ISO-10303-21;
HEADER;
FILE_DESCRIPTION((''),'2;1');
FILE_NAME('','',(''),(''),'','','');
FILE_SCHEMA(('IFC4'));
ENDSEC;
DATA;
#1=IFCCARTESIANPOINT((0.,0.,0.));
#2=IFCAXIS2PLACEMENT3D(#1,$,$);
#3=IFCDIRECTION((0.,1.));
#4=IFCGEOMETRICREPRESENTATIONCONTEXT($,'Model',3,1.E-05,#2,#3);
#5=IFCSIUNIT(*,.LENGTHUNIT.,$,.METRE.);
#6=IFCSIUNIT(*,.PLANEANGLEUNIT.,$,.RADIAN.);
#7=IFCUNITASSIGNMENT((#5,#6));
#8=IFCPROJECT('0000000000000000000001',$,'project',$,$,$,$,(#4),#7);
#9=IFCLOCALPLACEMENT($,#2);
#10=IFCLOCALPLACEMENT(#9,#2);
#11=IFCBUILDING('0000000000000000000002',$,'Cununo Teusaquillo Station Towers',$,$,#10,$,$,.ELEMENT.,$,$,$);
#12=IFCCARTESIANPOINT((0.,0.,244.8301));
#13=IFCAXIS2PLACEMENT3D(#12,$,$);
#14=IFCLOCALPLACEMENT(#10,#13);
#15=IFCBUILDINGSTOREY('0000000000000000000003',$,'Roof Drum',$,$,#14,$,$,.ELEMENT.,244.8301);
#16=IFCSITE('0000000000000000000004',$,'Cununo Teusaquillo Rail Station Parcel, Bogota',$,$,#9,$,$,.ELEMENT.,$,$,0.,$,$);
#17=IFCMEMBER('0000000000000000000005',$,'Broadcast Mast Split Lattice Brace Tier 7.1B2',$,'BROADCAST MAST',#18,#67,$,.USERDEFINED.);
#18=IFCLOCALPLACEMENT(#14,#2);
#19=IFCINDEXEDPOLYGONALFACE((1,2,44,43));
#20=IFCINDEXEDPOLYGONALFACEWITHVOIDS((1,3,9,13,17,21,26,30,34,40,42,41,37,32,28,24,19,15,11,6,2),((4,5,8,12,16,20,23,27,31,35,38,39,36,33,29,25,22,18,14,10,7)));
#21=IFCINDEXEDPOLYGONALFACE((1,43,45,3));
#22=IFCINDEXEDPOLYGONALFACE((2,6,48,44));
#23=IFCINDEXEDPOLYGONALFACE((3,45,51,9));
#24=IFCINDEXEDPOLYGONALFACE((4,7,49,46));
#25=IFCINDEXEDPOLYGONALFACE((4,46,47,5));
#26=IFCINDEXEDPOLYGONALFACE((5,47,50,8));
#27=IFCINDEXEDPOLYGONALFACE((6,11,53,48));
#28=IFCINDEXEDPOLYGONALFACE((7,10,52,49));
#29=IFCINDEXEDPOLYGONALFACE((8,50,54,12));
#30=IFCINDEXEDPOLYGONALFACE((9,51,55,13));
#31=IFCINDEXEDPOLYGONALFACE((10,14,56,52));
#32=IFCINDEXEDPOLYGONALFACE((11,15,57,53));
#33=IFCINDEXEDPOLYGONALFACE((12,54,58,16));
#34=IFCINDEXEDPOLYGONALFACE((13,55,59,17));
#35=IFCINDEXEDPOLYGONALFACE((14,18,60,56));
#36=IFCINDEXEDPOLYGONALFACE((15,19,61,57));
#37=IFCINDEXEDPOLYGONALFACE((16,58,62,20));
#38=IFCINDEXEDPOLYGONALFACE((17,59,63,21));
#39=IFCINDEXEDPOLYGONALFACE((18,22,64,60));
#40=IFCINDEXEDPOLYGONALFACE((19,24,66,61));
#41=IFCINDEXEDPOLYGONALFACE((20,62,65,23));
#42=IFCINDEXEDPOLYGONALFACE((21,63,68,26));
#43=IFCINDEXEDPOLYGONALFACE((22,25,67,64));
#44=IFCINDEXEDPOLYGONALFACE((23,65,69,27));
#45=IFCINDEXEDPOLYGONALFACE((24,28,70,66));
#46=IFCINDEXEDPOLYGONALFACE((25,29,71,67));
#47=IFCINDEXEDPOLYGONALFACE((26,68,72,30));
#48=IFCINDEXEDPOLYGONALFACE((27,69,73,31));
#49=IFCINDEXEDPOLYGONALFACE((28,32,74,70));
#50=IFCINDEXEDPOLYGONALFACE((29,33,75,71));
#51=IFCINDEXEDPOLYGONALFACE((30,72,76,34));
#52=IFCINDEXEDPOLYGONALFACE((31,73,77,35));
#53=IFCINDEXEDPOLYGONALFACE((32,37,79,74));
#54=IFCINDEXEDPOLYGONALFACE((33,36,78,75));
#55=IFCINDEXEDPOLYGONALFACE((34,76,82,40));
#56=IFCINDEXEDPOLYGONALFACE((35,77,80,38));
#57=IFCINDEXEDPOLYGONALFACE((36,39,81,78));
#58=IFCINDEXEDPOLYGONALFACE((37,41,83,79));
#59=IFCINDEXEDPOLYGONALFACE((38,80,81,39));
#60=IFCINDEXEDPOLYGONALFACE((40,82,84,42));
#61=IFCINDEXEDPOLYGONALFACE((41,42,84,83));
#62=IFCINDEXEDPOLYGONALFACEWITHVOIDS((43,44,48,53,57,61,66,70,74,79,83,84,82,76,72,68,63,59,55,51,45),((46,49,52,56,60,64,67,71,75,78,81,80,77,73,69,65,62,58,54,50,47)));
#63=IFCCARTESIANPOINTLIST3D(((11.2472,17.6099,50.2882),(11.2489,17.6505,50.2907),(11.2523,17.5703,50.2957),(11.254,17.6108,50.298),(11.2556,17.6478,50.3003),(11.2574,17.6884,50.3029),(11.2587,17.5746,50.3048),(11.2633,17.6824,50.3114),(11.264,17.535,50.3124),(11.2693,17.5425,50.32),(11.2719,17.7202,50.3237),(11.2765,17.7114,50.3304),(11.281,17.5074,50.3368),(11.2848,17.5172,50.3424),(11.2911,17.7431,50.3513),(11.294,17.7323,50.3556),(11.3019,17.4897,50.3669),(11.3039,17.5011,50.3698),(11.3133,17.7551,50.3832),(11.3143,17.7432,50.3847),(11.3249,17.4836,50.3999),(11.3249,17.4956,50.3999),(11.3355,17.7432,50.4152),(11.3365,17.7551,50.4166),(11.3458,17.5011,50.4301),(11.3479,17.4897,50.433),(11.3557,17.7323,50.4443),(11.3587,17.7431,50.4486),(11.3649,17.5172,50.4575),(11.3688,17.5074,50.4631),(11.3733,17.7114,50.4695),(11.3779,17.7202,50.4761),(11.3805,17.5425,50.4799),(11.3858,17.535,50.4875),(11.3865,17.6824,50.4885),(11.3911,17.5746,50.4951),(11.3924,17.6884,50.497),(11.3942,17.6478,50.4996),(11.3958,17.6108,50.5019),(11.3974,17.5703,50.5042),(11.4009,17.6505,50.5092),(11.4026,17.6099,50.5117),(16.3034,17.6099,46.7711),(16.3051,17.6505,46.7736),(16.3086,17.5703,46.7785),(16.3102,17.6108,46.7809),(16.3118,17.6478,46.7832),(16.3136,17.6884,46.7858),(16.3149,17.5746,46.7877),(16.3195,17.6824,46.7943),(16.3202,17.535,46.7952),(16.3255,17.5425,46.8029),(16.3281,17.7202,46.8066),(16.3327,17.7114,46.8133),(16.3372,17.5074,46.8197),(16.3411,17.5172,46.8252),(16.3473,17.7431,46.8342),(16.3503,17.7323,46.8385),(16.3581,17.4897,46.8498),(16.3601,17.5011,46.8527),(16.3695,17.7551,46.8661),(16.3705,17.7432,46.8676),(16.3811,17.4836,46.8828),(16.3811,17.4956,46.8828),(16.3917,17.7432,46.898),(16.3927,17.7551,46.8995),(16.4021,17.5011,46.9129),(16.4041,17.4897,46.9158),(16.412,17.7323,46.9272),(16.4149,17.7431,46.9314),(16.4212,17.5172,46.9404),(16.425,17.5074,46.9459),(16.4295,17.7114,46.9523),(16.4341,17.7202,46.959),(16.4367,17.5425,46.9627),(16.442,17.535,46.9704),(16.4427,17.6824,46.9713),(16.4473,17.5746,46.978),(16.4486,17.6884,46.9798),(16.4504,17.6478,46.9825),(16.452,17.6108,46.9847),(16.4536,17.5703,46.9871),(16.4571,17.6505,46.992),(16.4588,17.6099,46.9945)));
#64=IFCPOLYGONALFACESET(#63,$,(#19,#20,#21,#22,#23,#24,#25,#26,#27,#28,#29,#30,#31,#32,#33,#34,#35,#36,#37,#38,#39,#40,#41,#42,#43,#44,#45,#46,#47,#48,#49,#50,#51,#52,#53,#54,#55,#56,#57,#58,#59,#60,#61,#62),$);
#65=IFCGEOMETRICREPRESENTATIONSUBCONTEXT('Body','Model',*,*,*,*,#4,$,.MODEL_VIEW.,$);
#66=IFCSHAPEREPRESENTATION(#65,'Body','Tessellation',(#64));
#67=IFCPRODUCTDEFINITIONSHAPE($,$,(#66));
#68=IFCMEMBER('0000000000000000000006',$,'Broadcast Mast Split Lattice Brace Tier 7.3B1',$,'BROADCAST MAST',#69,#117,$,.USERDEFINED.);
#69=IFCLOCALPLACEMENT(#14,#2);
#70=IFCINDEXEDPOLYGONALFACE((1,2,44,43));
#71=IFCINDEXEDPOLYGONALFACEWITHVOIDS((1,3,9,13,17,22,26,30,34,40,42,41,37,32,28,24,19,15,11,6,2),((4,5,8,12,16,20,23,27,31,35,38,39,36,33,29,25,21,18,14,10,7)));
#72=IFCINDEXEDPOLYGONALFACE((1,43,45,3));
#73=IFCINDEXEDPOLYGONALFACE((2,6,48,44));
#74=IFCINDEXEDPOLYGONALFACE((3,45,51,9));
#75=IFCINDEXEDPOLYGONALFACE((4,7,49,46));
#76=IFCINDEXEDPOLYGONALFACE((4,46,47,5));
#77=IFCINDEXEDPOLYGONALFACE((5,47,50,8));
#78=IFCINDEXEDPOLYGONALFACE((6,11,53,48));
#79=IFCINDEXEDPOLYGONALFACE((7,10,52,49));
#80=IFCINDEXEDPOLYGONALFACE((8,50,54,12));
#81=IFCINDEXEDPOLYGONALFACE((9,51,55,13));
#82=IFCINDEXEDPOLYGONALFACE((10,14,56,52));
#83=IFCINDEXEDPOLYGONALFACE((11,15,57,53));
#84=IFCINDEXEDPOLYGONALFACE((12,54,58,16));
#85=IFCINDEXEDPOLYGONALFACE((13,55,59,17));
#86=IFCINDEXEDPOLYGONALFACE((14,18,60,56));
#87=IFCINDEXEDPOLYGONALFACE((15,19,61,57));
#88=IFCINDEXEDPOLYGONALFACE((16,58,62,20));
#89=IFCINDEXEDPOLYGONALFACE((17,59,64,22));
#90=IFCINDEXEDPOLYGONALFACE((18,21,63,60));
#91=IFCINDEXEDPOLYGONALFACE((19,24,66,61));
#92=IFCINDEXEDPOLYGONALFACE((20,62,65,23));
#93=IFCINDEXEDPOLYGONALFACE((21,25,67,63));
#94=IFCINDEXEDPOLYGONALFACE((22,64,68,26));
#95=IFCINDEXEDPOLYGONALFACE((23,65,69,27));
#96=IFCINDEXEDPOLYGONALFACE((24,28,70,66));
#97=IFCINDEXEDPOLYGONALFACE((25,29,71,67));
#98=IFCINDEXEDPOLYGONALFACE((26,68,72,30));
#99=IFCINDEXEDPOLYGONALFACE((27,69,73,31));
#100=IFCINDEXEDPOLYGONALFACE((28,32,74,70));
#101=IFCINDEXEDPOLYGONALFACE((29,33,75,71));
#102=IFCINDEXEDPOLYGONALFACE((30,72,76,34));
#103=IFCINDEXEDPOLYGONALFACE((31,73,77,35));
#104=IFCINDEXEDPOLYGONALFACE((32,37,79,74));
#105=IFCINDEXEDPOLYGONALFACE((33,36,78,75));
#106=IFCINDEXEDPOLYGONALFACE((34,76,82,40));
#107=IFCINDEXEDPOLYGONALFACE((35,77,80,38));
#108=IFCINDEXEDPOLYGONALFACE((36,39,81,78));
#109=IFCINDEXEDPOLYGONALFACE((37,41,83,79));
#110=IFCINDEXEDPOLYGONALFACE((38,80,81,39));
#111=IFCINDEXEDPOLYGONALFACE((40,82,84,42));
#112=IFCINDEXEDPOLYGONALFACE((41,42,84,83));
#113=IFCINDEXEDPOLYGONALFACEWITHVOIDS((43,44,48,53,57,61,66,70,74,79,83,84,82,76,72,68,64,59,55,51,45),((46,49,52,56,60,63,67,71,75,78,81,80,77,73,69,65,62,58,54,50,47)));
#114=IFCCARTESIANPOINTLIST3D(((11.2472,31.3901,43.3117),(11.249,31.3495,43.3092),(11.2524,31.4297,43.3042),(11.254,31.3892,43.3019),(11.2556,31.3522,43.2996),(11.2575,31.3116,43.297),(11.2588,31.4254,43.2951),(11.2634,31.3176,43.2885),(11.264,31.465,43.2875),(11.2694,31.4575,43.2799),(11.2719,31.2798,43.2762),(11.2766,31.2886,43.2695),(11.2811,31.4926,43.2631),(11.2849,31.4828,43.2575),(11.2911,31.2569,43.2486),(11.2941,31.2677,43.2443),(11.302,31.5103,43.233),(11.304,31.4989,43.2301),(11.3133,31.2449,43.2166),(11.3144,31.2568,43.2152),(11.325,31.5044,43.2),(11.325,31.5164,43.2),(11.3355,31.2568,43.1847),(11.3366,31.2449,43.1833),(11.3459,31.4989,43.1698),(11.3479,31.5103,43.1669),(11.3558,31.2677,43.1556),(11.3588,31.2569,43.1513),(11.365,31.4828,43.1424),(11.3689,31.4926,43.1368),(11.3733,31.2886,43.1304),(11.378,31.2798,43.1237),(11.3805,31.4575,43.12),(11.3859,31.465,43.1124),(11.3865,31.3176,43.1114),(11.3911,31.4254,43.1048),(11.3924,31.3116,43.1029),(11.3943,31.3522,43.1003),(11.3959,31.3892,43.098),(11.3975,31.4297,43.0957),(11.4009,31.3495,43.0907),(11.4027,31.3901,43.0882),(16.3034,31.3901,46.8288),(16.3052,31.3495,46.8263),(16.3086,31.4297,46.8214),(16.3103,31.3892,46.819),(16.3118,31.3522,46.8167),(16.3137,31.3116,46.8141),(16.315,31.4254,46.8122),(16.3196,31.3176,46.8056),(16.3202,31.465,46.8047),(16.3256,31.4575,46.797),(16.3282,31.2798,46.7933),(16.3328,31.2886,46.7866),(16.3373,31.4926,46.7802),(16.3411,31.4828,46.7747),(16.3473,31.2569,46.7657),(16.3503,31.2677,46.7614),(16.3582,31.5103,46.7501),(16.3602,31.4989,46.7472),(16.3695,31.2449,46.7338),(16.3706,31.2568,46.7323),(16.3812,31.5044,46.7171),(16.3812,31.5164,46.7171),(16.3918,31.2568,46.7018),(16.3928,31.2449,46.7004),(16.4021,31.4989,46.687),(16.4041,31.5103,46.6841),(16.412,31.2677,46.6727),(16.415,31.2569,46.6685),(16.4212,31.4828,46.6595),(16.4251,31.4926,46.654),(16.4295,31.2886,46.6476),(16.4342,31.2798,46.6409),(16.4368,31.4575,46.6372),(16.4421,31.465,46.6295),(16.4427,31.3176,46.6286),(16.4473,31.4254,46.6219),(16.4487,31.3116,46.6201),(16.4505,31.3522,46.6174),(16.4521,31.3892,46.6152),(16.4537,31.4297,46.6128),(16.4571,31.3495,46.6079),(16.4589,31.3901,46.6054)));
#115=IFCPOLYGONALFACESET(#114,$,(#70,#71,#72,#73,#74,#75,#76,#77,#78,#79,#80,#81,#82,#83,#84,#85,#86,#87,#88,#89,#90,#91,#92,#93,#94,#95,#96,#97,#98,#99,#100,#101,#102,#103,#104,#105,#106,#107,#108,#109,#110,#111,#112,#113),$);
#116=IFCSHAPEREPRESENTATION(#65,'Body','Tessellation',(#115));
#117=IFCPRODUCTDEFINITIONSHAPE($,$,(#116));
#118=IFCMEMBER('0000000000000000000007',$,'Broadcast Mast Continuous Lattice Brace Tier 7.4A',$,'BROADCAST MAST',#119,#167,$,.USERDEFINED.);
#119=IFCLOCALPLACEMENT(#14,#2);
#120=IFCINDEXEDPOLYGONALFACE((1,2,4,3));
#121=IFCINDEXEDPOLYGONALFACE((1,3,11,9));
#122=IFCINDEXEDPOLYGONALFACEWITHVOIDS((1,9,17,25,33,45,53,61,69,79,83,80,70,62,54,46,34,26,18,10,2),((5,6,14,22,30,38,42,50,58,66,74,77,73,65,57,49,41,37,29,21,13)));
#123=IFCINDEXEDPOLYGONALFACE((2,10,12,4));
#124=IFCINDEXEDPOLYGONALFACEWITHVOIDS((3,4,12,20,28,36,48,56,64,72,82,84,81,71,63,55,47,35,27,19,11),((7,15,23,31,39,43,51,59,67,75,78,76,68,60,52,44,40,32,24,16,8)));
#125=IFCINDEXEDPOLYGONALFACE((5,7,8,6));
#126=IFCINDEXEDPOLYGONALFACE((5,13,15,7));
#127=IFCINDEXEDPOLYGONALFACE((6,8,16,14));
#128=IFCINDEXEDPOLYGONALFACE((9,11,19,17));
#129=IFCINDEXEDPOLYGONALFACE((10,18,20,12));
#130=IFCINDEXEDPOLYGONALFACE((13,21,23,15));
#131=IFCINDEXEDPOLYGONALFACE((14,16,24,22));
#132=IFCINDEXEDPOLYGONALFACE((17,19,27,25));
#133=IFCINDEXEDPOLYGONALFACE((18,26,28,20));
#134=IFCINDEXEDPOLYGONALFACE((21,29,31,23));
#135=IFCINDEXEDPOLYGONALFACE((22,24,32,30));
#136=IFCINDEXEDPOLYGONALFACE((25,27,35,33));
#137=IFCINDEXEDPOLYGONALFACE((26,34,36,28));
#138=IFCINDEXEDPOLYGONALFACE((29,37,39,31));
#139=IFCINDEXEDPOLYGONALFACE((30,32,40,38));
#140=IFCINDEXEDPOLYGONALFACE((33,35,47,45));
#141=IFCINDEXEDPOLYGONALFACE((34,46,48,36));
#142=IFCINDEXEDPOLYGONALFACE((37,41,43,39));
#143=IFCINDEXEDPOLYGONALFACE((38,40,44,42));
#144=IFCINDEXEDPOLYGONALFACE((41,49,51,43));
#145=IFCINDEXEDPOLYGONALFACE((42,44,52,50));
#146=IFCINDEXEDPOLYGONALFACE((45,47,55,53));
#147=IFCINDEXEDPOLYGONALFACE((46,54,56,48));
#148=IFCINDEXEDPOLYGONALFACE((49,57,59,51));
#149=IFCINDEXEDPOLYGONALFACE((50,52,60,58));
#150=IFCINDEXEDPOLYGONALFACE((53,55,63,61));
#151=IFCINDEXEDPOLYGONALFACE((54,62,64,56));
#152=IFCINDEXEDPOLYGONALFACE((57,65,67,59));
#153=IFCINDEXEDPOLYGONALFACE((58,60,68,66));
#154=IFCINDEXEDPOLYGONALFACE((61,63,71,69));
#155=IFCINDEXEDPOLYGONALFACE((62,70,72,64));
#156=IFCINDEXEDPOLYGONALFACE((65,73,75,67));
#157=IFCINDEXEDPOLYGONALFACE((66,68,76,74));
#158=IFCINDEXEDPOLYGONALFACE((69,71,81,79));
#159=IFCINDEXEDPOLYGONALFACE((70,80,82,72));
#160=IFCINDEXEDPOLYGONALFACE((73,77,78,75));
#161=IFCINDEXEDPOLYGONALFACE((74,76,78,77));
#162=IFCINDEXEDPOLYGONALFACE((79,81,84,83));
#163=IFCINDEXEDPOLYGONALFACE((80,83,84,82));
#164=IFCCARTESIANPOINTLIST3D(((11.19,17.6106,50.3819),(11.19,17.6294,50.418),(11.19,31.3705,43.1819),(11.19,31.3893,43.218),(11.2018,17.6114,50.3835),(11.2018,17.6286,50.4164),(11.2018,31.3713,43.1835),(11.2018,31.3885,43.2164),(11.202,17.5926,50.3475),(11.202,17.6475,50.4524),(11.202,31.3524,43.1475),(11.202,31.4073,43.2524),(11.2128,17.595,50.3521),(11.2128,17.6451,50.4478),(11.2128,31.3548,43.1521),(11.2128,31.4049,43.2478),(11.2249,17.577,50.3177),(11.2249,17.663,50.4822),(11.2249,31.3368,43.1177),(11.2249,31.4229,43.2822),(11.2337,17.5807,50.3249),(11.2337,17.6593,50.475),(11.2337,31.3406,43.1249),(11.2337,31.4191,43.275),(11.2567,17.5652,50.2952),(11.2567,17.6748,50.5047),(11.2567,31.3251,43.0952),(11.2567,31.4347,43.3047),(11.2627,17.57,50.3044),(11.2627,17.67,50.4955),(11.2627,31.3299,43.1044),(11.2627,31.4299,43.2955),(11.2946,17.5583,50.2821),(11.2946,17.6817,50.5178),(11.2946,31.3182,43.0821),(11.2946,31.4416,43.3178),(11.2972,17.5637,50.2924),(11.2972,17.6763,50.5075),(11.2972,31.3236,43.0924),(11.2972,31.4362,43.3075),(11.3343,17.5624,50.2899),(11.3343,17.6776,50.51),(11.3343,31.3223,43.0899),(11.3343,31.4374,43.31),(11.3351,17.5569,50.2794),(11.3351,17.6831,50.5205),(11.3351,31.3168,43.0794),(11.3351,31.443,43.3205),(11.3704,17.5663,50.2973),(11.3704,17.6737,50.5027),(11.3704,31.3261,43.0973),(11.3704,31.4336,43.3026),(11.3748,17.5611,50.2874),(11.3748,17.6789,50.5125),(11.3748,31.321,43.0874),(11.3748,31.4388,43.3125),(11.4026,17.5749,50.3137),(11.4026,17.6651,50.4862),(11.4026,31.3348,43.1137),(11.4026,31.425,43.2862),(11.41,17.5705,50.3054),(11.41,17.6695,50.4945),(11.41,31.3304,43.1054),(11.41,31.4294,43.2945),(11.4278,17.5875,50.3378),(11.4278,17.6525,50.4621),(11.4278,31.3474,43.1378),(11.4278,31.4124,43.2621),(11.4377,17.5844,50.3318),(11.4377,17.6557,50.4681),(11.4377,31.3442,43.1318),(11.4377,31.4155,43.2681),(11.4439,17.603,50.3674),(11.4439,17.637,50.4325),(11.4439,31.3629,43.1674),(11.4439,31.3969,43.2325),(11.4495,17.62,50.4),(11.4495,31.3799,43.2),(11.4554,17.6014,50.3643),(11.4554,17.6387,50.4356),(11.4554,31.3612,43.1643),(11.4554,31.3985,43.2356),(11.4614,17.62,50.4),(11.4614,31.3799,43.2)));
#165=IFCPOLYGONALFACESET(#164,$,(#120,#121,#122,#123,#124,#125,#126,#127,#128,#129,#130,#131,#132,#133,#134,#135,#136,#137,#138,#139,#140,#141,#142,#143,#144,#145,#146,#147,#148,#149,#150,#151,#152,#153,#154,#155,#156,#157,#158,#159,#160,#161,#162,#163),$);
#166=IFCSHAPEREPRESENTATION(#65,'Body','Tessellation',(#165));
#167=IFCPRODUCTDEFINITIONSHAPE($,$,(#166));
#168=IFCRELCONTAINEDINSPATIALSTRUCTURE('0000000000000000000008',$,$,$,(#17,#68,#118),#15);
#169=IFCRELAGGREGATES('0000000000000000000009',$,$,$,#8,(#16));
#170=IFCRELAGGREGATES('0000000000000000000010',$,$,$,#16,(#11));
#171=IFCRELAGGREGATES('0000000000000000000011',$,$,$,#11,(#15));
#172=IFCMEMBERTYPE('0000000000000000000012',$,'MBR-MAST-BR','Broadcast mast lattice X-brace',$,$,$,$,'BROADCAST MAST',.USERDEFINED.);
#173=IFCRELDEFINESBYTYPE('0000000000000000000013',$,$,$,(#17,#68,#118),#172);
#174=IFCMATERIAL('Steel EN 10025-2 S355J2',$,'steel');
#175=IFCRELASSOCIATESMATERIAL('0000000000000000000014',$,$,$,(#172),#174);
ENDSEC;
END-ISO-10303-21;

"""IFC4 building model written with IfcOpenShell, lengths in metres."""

from ifc_helpers import new_model, si_unit, direction, frame, origin, origin_2d, place, context, subcontext, project, spatial, hollow_circle, extrude, material, material_profile, profile_set, type_object, element, save


model = new_model("IFC4")

# Units and contexts
model_context = context("Model", 3, precision=1e-05, world=origin(), true_north=direction((0.0, 1.0)))
body_context = subcontext(model_context, "Body", "Model", "MODEL_VIEW")
ifc_project = project(units=[si_unit("LENGTHUNIT", "METRE"), si_unit("PLANEANGLEUNIT", "RADIAN")], contexts=[model_context])

# Site, building, storey
site_placement = place(None, origin())
site = spatial("IfcSite", under=ifc_project, at=site_placement, Name="Cununo Teusaquillo Rail Station Parcel, Bogota", CompositionType="ELEMENT", RefElevation=0.0)
building_placement = place(site_placement, origin())
building = spatial("IfcBuilding", under=site, at=building_placement, Name="Cununo Teusaquillo Station Towers", CompositionType="ELEMENT")
storey_placement = place(building_placement, frame((0.0, 0.0, 244.8301)))
storey = spatial("IfcBuildingStorey", under=building, at=storey_placement, Name="Roof Drum", CompositionType="ELEMENT", Elevation=244.8301)

# Members
ifc_material_1 = material(Name="Steel EN 10025-2 S355J2", Category="steel")
ifc_material_profile_1 = material_profile(ifc_material_1, hollow_circle(Radius=0.1365, WallThickness=0.012, at=origin_2d()), Name="CHS 273x12")
ifc_profile_set_1 = profile_set([ifc_material_profile_1], Name="Steel EN 10025-2 S355J2")
member_type_1 = type_object("IfcMemberType", Name="MBR-MAST-BR", Description="Broadcast mast lattice X-brace", ElementType="BROADCAST MAST", PredefinedType="USERDEFINED", material=ifc_profile_set_1)
for number, where, z_axis, x_axis, name in (
    (1, (16.3811, 17.6201, 46.8828), (-0.820923, 0.0, 0.571039), (0.0, -1.0, 0.0), "Broadcast Mast Split Lattice Brace Tier 7.1B2"),
    (2, (11.325, 31.3799, 43.2), (0.820923, 0.0, 0.571039), (0.0, 1.0, 0.0), "Broadcast Mast Split Lattice Brace Tier 7.3B1"),
):
    element("IfcMember", number, at=place(storey_placement, frame(where, z_axis=z_axis, x_axis=x_axis)), inside=storey, type_object=member_type_1, Name=name, ObjectType="BROADCAST MAST", PredefinedType="USERDEFINED", context=body_context, shape_type="SweptSolid", body=[
        extrude(hollow_circle(Radius=0.1365, WallThickness=0.012, at=origin_2d()), origin(), (0.0, 0.0, 1.0), 6.1592),
    ])
member_1_placement = place(storey_placement, frame((11.325, 31.3799, 43.2), z_axis=(0.0, -0.886031, 0.463626), x_axis=(1.0, 0.0, 0.0)))
element("IfcMember", 3, at=member_1_placement, inside=storey, type_object=member_type_1, Name="Broadcast Mast Continuous Lattice Brace Tier 7.4A", ObjectType="BROADCAST MAST", PredefinedType="USERDEFINED", context=body_context, shape_type="SweptSolid", body=[
    extrude(hollow_circle(Radius=0.1365, WallThickness=0.012, at=origin_2d()), origin(), (0.0, 0.0, 1.0), 15.5298),
])

save(model, "model.ifc")
